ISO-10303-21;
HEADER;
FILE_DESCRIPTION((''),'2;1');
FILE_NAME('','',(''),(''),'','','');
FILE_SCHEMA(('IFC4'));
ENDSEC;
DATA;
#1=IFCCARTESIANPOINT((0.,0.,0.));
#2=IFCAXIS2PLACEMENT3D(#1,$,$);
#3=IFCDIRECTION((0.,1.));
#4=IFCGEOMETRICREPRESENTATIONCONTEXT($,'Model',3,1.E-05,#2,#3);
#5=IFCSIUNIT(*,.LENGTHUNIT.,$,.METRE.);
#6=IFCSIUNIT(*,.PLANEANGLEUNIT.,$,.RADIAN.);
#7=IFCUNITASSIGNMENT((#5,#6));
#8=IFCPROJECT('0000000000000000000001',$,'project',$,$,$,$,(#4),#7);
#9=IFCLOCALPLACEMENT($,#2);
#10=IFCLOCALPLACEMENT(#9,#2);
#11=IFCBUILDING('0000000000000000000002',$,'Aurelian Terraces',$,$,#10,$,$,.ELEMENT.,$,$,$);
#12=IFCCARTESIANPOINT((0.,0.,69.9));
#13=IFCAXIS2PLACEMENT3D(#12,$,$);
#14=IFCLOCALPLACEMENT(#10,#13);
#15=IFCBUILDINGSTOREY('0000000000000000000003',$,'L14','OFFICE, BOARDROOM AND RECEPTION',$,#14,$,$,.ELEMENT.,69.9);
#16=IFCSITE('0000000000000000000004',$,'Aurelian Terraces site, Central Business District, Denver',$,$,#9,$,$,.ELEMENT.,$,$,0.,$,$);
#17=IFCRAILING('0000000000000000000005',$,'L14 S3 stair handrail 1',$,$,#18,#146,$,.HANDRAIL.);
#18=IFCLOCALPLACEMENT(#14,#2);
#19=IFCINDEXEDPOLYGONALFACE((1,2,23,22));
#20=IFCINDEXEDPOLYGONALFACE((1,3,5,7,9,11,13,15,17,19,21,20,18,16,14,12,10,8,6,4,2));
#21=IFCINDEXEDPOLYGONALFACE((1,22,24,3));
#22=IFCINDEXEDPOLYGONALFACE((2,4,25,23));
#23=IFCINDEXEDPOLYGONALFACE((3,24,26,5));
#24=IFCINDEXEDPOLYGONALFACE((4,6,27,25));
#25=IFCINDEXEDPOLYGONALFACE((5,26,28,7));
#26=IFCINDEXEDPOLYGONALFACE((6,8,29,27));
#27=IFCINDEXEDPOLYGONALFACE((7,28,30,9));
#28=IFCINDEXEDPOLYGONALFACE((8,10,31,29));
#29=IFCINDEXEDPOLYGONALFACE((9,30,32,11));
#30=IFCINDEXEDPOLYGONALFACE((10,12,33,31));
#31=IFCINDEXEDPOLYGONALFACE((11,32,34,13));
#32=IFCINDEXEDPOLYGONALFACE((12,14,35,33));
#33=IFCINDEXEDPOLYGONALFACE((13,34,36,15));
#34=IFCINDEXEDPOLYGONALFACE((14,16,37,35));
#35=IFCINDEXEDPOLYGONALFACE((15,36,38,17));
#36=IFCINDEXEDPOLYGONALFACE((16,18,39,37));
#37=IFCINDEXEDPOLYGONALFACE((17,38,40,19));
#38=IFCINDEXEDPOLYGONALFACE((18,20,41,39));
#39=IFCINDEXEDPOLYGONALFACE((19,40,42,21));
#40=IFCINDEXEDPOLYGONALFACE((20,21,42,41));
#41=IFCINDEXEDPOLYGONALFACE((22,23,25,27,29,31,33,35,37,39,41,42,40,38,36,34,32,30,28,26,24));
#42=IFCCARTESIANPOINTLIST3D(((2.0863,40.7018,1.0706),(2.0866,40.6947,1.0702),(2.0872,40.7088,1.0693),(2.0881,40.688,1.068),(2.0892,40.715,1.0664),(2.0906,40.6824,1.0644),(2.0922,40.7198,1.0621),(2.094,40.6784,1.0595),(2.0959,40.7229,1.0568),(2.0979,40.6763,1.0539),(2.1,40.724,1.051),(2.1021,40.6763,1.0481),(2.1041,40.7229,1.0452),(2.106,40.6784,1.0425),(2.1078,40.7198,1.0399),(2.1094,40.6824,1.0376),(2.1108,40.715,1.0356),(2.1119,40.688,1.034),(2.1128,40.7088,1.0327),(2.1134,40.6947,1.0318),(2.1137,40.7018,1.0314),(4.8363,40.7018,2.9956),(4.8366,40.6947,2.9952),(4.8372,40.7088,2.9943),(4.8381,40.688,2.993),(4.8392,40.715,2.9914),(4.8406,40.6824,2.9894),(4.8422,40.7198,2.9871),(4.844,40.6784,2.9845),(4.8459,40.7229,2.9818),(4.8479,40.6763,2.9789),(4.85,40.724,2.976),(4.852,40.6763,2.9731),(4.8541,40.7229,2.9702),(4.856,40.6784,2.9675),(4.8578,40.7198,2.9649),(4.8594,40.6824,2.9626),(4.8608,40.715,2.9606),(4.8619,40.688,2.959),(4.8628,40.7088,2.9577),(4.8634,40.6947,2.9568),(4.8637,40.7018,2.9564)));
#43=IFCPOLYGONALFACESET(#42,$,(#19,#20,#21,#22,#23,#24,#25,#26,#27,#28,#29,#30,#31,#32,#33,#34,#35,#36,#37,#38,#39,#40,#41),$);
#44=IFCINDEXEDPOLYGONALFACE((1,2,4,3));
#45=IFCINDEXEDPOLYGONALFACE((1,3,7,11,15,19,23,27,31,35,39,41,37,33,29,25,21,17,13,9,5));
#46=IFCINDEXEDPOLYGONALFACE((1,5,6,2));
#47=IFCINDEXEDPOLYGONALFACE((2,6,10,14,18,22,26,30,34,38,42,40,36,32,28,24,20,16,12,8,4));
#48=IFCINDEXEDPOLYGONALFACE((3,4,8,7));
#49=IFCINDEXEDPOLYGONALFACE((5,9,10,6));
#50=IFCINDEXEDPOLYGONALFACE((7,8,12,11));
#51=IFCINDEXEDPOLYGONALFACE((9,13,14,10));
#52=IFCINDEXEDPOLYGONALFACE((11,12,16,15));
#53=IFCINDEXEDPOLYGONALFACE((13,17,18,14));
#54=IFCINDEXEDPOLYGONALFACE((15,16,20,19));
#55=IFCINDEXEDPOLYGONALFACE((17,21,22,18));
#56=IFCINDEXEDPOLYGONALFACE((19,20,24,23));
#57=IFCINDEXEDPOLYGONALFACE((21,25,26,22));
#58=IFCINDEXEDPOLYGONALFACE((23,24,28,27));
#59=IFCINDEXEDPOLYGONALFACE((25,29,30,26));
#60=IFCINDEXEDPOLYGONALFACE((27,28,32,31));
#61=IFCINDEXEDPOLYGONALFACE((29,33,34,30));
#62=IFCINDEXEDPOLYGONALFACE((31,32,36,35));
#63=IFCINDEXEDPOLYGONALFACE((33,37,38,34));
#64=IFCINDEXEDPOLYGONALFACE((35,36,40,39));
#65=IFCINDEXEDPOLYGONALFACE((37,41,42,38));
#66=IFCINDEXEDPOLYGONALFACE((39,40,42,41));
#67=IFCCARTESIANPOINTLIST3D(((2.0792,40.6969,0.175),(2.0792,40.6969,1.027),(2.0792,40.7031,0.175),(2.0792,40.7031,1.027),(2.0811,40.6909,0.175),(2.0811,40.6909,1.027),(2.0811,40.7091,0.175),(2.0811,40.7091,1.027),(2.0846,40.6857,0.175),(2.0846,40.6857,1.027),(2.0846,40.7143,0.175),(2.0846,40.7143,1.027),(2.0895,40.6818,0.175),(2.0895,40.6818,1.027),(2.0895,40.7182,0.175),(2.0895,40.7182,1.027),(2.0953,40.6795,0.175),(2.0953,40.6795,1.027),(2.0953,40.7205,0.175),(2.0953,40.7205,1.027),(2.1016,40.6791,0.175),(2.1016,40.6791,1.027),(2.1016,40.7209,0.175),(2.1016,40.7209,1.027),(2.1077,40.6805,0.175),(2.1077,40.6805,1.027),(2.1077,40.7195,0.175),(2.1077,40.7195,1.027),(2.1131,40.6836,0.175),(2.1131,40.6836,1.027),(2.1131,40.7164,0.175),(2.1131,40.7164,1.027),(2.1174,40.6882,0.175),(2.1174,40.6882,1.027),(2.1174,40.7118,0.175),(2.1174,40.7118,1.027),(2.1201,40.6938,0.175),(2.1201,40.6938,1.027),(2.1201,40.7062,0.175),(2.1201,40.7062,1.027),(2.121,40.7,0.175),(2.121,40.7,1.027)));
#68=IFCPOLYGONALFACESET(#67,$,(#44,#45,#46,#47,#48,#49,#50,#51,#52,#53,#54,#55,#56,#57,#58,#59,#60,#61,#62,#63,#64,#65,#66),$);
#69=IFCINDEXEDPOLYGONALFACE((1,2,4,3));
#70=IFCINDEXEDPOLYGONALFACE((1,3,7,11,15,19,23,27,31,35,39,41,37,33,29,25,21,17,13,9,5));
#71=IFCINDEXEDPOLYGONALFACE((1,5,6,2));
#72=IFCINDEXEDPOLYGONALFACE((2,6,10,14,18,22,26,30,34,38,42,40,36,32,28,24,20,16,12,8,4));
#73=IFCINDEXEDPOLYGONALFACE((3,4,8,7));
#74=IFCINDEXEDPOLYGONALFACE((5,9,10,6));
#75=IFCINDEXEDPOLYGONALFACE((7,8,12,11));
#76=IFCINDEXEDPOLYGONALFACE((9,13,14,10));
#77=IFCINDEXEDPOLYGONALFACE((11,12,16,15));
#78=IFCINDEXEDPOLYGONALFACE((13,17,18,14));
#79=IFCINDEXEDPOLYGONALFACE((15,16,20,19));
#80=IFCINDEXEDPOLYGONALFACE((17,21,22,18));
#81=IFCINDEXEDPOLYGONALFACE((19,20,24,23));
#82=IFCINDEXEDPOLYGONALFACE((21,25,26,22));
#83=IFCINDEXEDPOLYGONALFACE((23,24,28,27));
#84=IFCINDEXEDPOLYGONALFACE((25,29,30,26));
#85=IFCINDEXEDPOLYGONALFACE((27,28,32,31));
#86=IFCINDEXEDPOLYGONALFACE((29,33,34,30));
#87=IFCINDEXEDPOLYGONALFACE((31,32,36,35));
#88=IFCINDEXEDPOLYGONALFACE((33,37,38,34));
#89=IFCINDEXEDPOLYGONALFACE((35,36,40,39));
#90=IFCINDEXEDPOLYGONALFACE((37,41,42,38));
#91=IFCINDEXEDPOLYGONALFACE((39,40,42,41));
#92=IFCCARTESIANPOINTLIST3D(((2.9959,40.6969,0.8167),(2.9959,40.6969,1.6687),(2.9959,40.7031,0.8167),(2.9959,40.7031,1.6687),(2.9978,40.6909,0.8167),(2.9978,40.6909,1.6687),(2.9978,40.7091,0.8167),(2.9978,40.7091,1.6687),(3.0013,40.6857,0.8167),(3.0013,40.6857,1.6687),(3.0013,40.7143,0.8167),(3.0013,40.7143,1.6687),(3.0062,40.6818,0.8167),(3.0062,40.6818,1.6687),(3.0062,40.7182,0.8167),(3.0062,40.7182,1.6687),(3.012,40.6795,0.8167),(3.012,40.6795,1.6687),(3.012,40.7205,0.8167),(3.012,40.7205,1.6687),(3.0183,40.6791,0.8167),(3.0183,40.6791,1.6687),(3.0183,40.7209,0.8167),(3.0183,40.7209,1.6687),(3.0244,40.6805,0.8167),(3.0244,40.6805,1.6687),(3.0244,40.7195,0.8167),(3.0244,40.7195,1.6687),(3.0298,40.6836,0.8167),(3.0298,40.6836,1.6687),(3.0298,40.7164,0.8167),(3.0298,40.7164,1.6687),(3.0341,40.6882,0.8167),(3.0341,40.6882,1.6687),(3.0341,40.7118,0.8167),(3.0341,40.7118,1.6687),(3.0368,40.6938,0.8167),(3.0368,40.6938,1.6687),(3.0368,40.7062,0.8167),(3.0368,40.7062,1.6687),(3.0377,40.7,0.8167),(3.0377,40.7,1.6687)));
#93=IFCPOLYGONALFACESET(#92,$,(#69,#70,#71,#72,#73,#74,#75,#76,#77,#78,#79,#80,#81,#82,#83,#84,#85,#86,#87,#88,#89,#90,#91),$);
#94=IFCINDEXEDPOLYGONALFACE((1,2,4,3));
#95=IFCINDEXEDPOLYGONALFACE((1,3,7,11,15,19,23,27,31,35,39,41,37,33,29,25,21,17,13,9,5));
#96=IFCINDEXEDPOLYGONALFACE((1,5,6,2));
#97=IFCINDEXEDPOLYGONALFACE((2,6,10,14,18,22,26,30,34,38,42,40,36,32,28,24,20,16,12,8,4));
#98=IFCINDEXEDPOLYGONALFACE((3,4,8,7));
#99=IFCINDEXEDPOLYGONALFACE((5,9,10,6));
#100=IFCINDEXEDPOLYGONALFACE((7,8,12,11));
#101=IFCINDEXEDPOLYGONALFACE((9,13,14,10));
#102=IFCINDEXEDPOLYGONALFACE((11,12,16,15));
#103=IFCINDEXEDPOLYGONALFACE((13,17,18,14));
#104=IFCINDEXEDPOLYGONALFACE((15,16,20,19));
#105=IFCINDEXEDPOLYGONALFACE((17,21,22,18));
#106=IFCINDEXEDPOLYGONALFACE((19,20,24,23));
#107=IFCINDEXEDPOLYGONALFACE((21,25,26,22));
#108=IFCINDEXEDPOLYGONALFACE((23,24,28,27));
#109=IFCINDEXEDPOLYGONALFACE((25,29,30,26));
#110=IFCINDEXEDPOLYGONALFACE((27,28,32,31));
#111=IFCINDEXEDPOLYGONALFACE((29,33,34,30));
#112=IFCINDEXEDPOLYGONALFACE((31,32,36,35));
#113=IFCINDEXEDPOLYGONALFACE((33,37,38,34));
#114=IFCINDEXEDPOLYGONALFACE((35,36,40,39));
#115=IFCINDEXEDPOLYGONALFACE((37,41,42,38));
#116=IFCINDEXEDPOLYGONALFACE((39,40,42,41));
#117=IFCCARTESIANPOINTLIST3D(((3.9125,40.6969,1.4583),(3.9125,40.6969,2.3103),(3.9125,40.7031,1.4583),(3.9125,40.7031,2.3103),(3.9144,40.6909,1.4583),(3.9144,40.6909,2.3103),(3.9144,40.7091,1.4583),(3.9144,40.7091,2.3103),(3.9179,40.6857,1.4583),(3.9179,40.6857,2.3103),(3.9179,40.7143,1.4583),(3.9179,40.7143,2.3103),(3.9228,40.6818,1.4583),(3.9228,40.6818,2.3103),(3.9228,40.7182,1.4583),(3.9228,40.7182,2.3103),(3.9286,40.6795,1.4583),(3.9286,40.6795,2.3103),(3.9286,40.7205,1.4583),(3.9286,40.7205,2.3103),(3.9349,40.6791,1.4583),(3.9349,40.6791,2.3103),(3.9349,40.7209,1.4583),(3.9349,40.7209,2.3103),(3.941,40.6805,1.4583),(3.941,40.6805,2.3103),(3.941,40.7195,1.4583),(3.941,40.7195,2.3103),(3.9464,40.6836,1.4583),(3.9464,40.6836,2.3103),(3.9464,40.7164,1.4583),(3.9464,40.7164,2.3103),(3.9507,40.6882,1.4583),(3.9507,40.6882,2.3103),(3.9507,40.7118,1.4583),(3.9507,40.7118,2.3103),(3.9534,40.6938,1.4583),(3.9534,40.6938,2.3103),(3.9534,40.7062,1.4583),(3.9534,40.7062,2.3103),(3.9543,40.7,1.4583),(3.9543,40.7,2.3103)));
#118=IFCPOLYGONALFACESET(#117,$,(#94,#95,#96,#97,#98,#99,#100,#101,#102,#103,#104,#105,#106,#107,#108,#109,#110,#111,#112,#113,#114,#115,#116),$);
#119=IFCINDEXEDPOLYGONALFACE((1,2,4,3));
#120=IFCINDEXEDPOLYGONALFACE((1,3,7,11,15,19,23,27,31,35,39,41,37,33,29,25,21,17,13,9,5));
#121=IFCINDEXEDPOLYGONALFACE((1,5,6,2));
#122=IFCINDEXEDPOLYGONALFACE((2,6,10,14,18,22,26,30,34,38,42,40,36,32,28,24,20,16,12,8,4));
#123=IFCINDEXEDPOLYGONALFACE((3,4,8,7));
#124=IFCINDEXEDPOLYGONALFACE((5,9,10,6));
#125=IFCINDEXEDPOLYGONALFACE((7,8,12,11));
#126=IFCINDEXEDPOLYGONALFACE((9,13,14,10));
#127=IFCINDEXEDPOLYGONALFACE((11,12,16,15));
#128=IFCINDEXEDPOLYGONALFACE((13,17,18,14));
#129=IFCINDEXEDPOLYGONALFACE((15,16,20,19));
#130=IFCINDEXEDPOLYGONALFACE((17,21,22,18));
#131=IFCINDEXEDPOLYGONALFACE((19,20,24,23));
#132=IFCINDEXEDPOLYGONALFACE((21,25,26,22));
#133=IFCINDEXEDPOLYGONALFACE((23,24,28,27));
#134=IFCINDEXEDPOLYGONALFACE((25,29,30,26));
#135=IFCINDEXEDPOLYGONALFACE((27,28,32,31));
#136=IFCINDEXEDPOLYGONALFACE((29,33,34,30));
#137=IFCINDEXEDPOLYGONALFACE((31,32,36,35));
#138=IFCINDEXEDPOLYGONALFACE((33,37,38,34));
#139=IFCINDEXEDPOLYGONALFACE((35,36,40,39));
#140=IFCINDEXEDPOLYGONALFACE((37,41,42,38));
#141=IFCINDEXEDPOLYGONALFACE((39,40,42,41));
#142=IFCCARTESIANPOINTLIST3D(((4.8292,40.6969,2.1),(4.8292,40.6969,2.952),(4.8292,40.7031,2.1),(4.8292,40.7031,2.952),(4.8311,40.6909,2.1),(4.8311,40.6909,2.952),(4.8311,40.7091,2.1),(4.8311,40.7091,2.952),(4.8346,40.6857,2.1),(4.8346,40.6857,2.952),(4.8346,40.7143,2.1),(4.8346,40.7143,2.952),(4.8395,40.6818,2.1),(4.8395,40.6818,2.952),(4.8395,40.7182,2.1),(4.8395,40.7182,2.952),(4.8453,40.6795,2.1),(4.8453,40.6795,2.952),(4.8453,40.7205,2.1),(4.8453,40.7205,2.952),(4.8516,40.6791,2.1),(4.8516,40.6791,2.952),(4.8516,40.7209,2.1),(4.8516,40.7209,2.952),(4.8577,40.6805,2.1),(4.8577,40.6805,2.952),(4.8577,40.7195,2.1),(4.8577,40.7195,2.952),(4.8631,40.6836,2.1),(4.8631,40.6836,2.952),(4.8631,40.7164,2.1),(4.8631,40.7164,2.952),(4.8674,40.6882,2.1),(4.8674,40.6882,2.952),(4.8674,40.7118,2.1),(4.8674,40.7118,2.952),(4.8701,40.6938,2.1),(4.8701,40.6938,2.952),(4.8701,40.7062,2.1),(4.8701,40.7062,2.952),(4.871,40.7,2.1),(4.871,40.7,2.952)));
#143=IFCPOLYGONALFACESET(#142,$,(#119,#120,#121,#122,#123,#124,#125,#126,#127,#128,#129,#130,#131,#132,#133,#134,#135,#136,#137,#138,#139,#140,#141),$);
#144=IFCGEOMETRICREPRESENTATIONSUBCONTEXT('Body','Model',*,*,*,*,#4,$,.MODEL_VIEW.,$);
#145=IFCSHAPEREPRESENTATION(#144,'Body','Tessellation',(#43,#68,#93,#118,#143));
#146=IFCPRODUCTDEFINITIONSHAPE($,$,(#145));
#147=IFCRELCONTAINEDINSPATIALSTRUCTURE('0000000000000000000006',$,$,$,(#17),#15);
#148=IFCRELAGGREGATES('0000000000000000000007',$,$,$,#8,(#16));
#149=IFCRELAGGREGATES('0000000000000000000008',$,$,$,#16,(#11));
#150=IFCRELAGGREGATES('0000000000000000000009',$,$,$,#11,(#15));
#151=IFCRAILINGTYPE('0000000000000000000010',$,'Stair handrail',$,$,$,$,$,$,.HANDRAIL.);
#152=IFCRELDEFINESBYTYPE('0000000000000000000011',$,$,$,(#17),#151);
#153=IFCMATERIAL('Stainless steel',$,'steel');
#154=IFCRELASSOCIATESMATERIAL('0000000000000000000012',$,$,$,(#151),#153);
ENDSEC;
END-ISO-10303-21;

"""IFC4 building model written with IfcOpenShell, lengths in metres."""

from ifc_helpers import new_model, si_unit, direction, frame, origin, origin_2d, place, context, subcontext, project, spatial, circle, extrude, source, transform, mapped, material, type_object, element, save


model = new_model("IFC4")

# Units and contexts
model_context = context("Model", 3, precision=1e-05, world=origin(), true_north=direction((0.0, 1.0)))
body_context = subcontext(model_context, "Body", "Model", "MODEL_VIEW")
ifc_project = project(units=[si_unit("LENGTHUNIT", "METRE"), si_unit("PLANEANGLEUNIT", "RADIAN")], contexts=[model_context])

# Site, building, storey
site_placement = place(None, origin())
site = spatial("IfcSite", under=ifc_project, at=site_placement, Name="Aurelian Terraces site, Central Business District, Denver", CompositionType="ELEMENT", RefElevation=0.0)
building_placement = place(site_placement, origin())
building = spatial("IfcBuilding", under=site, at=building_placement, Name="Aurelian Terraces", CompositionType="ELEMENT")
storey_placement = place(building_placement, frame((0.0, 0.0, 69.9)))
storey = spatial("IfcBuildingStorey", under=building, at=storey_placement, Name="L14", Description="OFFICE, BOARDROOM AND RECEPTION", CompositionType="ELEMENT", Elevation=69.9)

# Railing
ifc_material_1 = material(Name="Stainless steel", Category="steel")
railing_type_1 = type_object("IfcRailingType", Name="Stair handrail", PredefinedType="HANDRAIL", material=ifc_material_1)
shared_shape_1 = source(origin(), body_context, "Body", "SweptSolid", [
    extrude(circle(Radius=0.024, at=origin_2d()), frame((0.0, 0.0, 0.876), z_axis=(0.819232, 0.0, 0.573462), x_axis=(0.0, 1.0, 0.0)), (0.0, 0.0, 1.0), 3.3568),
    extrude(circle(Radius=0.021, at=origin_2d()), origin(), (0.0, 0.0, 1.0), 0.852),
    extrude(circle(Radius=0.021, at=origin_2d()), frame((0.9167, 0.0, 0.6417)), (0.0, 0.0, 1.0), 0.852),
    extrude(circle(Radius=0.021, at=origin_2d()), frame((1.8333, 0.0, 1.2833)), (0.0, 0.0, 1.0), 0.852),
    extrude(circle(Radius=0.021, at=origin_2d()), frame((2.75, 0.0, 1.925)), (0.0, 0.0, 1.0), 0.852),
])
railing_1_placement = place(storey_placement, frame((2.1, 40.7, 0.175)))
element("IfcRailing", 1, at=railing_1_placement, inside=storey, type_object=railing_type_1, Name="L14 S3 stair handrail 1", PredefinedType="HANDRAIL", context=body_context, shape_type="MappedRepresentation", body=[
    mapped(shared_shape_1, transform((0.0, 0.0, 0.0), scale=1.0)),
])

save(model, "model.ifc")
